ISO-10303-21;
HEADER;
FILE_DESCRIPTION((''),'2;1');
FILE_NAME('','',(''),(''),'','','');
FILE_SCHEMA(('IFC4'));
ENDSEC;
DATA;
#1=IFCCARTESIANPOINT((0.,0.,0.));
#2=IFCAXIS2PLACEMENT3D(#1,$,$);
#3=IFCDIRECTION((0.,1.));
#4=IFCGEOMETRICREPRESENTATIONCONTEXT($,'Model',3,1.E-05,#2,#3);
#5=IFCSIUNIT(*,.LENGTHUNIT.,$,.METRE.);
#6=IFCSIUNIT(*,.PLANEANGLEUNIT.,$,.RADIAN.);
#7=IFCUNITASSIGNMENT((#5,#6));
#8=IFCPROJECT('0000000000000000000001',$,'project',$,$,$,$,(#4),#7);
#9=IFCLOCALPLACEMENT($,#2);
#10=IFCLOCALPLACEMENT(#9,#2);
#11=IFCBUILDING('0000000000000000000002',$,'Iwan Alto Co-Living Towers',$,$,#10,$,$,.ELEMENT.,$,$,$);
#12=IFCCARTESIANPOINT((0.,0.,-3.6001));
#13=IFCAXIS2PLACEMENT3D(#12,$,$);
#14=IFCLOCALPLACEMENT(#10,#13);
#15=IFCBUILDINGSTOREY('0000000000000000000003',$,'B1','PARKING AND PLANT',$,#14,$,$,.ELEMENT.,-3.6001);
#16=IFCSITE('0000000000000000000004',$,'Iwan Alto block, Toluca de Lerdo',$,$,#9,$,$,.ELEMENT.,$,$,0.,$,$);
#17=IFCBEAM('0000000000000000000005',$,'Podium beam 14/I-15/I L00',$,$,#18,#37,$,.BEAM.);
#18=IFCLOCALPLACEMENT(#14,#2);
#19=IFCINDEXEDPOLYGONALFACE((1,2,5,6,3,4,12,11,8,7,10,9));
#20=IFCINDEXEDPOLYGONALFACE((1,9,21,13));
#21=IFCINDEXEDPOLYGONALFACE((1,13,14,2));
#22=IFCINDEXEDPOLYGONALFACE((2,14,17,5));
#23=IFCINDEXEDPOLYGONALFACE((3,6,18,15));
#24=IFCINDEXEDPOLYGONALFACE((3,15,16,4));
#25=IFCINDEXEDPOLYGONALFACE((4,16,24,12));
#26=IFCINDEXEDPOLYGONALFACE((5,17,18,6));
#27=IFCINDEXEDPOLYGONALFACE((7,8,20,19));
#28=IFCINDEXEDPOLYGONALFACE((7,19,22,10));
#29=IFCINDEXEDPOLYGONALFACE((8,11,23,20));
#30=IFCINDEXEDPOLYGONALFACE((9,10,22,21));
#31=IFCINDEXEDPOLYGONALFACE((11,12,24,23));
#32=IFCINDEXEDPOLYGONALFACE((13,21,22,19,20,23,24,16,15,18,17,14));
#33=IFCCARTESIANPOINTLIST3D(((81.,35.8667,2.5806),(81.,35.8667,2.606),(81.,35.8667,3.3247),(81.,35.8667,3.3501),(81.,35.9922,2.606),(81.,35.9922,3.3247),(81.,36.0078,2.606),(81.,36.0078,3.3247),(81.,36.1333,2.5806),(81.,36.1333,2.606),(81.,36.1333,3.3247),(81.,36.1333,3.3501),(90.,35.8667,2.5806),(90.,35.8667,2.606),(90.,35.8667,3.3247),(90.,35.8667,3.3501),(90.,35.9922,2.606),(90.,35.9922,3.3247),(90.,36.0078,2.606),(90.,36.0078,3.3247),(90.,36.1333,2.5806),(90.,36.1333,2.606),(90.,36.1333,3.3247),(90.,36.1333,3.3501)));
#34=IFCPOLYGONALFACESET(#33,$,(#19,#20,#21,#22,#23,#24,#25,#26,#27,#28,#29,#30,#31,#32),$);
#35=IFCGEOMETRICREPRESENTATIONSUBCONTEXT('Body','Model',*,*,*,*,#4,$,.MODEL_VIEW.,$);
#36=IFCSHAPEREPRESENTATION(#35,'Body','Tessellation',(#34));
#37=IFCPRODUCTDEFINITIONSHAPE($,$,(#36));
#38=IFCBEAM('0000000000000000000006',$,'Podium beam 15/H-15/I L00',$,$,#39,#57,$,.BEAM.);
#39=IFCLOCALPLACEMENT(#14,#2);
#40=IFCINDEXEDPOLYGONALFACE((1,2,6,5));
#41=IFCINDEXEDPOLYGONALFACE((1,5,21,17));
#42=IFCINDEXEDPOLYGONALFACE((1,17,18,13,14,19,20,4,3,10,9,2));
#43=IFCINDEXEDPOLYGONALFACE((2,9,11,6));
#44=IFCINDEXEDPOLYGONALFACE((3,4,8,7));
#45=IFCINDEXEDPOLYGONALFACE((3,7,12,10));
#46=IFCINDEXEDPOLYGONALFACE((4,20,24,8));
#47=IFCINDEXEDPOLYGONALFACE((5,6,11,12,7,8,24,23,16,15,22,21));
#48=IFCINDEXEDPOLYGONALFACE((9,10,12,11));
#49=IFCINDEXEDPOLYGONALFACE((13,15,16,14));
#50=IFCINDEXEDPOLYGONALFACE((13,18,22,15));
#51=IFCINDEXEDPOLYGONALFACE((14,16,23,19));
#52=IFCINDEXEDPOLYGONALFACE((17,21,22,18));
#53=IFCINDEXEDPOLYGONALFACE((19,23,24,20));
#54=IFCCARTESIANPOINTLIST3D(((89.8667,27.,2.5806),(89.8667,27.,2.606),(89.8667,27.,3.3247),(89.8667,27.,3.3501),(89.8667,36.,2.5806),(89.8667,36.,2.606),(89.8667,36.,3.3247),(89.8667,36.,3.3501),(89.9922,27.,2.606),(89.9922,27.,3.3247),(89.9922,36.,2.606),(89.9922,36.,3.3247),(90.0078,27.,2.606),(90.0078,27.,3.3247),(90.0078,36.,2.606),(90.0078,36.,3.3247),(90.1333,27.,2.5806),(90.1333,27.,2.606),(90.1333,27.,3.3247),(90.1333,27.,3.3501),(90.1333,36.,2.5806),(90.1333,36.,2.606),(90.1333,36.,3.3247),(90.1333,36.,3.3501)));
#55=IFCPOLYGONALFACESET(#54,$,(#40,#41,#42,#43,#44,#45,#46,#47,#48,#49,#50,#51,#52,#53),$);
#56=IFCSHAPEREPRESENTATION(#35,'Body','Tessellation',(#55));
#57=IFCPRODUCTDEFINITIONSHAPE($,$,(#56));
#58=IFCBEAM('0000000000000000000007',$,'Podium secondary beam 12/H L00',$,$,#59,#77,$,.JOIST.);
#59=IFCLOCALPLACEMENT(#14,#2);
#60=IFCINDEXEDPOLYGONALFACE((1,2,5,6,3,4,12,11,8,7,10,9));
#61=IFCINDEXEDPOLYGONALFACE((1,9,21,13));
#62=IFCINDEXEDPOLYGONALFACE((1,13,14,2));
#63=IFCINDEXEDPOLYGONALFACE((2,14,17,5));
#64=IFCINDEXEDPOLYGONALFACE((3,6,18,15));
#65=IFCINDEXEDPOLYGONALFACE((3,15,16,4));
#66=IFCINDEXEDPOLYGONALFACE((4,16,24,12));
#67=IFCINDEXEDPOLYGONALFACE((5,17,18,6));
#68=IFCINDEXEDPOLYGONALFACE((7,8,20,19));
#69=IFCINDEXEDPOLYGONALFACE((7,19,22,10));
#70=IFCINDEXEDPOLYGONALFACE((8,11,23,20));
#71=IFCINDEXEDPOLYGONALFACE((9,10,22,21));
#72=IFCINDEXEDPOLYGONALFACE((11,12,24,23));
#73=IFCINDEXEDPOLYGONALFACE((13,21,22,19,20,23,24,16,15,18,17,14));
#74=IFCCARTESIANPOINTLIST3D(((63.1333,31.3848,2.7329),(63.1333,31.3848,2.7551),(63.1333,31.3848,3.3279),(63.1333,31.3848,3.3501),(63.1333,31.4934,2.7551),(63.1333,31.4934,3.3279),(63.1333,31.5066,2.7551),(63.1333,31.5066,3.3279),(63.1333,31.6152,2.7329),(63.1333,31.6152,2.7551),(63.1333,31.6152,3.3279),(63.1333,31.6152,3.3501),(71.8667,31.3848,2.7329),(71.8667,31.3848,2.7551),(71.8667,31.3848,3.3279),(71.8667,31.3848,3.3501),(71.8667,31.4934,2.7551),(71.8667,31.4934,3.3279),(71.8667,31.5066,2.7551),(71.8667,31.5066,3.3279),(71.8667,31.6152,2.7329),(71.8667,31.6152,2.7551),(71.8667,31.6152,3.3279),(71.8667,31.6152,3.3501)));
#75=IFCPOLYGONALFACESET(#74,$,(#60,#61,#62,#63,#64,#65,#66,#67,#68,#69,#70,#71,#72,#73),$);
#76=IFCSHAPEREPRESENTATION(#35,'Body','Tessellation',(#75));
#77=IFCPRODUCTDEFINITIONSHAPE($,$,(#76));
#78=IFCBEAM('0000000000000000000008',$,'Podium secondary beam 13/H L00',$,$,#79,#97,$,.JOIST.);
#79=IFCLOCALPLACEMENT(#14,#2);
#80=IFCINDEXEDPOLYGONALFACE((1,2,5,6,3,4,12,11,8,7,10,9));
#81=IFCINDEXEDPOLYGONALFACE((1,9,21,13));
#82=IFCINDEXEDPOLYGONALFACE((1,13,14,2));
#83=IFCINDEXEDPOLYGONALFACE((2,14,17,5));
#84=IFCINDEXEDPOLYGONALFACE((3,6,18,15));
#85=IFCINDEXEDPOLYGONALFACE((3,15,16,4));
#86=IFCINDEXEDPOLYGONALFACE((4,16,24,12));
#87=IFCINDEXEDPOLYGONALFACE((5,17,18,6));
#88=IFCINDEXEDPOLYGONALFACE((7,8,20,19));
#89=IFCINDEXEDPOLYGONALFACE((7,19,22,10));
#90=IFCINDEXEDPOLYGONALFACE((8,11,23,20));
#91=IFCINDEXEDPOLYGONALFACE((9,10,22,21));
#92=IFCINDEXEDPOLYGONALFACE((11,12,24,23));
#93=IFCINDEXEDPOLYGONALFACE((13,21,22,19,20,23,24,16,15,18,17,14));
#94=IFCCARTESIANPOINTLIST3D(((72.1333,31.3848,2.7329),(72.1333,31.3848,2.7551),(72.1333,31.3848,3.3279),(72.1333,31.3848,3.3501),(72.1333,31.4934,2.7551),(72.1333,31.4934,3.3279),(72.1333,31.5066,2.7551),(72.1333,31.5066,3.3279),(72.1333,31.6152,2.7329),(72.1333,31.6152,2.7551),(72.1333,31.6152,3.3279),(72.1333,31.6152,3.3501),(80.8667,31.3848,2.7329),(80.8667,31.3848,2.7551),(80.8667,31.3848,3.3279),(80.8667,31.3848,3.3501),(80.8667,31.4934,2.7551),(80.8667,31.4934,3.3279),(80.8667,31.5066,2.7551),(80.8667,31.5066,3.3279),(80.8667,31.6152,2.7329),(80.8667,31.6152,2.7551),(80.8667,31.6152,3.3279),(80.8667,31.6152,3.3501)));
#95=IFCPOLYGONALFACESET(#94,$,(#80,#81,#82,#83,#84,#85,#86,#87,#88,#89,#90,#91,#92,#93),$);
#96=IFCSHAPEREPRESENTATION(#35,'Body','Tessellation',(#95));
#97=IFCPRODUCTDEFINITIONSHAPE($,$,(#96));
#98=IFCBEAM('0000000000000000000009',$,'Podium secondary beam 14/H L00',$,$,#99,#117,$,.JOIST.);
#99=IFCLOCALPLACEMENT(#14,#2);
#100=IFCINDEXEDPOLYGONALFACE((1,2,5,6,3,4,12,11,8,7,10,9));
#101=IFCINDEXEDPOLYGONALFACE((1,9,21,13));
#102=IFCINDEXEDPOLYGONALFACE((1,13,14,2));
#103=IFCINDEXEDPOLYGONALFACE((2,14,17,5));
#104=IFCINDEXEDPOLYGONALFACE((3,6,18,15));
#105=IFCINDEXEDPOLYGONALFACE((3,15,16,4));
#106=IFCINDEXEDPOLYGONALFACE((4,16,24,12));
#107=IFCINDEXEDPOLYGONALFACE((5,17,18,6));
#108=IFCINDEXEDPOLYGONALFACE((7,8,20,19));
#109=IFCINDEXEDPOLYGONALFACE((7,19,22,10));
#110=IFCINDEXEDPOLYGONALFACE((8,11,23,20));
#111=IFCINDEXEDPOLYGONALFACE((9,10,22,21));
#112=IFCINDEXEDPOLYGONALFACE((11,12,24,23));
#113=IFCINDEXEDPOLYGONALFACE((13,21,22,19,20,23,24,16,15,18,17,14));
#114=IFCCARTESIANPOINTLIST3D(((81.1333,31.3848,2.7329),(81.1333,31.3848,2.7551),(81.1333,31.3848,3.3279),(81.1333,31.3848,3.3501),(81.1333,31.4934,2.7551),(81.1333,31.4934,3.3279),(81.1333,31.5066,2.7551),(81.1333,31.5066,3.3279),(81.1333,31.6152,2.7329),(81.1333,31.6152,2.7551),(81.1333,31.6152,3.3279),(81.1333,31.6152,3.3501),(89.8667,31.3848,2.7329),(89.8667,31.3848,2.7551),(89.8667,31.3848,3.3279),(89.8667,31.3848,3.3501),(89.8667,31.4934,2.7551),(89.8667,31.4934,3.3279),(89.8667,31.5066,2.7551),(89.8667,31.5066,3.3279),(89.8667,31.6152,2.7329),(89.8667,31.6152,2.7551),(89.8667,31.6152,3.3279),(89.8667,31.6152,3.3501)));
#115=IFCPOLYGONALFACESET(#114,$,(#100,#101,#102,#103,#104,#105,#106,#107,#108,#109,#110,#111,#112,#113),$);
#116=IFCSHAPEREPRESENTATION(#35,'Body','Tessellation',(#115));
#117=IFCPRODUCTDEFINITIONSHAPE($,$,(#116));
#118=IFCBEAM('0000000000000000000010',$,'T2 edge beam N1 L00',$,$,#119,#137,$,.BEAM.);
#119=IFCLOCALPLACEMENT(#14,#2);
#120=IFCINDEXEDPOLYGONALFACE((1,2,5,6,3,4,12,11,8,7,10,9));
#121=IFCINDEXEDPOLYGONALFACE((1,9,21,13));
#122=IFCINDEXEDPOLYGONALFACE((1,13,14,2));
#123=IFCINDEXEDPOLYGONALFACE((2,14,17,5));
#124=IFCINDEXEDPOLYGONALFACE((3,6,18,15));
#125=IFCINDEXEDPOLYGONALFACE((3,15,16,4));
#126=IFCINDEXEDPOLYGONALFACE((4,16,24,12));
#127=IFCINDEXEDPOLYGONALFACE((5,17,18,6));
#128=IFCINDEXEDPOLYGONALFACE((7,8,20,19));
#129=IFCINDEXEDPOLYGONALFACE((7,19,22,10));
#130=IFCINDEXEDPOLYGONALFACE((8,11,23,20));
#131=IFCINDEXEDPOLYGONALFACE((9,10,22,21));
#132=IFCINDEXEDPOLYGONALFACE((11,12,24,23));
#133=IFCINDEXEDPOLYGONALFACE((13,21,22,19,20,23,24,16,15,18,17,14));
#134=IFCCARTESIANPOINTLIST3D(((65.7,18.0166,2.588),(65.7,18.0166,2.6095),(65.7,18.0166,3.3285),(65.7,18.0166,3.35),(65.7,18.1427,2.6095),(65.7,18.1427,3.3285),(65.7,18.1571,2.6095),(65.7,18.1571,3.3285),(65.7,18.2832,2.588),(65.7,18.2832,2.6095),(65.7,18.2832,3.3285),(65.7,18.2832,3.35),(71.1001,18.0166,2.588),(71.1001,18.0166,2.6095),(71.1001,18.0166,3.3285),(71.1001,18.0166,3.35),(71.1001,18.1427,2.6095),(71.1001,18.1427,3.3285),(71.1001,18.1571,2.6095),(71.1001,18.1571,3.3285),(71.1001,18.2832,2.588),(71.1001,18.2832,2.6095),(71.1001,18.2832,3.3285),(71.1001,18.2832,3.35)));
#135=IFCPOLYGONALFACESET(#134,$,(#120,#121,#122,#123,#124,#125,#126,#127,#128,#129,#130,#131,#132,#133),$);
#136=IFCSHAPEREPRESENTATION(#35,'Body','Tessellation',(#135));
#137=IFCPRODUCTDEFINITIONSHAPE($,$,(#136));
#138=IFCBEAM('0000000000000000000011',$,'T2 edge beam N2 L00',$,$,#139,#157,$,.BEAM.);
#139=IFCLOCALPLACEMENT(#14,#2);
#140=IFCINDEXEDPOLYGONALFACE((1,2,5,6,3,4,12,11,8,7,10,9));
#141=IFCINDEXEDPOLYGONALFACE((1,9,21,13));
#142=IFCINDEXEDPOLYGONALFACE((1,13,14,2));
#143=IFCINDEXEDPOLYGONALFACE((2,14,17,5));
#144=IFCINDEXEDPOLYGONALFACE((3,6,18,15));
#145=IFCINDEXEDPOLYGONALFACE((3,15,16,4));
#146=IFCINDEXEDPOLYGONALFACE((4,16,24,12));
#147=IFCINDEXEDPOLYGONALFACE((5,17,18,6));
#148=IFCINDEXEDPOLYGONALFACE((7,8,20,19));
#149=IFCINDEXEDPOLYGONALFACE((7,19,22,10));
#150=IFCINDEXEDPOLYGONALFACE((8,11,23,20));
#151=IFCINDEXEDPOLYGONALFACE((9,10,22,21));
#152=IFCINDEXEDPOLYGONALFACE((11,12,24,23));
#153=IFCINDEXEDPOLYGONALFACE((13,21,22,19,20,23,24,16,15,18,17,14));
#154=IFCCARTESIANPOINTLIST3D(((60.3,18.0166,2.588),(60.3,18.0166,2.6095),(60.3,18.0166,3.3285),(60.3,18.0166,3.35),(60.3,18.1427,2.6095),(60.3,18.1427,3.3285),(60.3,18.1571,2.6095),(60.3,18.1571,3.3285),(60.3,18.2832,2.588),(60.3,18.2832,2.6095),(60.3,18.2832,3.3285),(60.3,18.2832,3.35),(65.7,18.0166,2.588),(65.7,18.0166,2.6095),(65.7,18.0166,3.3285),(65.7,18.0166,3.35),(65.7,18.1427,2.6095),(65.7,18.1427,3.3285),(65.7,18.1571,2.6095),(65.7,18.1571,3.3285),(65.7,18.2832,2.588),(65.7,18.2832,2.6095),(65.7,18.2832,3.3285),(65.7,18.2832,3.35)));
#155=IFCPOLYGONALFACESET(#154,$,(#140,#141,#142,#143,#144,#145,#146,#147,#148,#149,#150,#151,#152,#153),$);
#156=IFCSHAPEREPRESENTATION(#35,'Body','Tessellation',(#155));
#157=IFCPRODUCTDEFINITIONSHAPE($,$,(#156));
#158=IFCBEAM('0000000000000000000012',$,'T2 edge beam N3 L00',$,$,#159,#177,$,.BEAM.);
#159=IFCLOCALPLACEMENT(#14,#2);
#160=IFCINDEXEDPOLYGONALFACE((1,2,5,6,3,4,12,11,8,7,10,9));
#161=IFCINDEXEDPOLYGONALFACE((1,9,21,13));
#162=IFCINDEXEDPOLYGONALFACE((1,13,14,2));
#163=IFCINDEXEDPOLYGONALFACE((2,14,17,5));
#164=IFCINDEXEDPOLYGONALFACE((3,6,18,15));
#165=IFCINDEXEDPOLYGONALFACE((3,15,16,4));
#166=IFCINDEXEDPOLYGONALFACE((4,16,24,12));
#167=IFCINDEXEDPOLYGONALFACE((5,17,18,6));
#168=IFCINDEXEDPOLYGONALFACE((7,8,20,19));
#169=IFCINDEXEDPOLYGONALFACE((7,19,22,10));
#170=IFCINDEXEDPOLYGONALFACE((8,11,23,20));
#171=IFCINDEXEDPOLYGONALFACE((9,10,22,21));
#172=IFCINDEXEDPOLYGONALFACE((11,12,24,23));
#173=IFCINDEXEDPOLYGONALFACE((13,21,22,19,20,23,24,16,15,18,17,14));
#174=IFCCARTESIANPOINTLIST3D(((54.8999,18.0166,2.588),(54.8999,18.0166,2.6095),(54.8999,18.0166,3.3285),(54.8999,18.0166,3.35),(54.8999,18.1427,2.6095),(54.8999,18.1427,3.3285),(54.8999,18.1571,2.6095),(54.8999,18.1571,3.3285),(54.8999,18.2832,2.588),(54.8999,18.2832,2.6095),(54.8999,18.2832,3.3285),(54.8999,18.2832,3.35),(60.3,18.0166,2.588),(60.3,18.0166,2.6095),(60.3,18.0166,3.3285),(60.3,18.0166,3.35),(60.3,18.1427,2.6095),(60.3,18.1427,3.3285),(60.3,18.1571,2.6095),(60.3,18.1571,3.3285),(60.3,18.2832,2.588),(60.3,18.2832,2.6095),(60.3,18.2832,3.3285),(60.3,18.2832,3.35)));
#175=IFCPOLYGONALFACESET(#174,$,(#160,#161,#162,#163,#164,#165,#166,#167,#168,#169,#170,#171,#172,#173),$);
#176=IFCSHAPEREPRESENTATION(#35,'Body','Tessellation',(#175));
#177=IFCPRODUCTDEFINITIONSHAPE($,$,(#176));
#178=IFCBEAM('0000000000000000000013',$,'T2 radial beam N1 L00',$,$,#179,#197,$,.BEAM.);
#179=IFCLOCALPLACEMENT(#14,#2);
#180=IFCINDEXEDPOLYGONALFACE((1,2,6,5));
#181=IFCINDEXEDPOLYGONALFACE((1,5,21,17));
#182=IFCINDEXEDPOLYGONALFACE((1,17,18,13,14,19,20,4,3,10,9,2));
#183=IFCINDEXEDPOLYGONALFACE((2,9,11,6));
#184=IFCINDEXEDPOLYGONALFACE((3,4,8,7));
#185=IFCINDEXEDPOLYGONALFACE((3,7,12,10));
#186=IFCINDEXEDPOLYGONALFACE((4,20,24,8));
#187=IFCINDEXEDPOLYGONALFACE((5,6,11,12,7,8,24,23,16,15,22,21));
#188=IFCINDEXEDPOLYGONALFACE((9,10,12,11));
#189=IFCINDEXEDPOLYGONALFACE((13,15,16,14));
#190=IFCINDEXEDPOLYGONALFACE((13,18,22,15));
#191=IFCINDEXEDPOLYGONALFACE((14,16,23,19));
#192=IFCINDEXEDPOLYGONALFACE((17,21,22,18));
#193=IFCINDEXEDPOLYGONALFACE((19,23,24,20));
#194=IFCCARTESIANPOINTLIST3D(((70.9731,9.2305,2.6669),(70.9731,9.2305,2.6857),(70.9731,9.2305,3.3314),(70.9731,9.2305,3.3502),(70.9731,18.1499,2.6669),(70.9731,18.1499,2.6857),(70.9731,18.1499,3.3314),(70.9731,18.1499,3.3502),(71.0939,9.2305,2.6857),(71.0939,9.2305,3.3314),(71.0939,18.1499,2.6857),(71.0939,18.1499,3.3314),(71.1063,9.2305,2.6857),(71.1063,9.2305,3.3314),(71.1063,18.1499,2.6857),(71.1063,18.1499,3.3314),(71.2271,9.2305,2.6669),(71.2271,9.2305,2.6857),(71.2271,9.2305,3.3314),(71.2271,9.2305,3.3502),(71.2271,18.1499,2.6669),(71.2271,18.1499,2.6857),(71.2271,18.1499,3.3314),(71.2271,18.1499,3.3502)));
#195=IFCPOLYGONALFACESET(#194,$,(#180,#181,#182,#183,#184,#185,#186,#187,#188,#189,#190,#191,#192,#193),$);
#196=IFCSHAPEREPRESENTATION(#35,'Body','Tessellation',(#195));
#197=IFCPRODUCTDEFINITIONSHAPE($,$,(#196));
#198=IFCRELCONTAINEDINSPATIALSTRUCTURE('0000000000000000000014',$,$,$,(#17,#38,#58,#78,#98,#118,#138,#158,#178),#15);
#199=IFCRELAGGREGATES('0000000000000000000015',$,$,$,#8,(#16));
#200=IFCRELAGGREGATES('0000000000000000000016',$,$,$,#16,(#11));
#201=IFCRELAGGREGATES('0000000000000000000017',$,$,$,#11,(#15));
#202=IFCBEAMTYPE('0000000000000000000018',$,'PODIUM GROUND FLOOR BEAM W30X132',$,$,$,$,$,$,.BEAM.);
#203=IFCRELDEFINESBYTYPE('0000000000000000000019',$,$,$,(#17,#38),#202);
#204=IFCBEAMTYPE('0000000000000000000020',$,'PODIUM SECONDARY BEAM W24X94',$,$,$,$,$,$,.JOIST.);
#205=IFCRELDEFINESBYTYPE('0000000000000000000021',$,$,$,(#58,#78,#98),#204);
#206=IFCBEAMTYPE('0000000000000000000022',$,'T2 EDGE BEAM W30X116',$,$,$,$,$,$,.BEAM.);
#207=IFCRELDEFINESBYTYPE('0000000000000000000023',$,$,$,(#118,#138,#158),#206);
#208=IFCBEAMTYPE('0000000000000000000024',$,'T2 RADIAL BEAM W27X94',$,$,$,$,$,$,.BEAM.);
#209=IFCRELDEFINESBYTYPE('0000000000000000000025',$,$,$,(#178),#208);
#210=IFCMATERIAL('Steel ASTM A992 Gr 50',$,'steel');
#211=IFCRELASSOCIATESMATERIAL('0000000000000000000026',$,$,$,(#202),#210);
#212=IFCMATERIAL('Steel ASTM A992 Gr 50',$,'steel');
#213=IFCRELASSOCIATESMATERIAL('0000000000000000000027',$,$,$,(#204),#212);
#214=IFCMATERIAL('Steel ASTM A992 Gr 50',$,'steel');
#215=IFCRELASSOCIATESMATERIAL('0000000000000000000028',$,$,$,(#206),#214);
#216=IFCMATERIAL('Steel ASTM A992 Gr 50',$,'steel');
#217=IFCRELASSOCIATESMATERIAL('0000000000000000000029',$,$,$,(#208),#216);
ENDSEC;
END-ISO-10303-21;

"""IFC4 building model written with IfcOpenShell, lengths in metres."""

from ifc_helpers import new_model, si_unit, direction, frame, origin, origin_2d, place, context, subcontext, project, spatial, i_section, extrude, material, material_profile, profile_set, type_object, element, save


model = new_model("IFC4")

# Units and contexts
model_context = context("Model", 3, precision=1e-05, world=origin(), true_north=direction((0.0, 1.0)))
body_context = subcontext(model_context, "Body", "Model", "MODEL_VIEW")
ifc_project = project(units=[si_unit("LENGTHUNIT", "METRE"), si_unit("PLANEANGLEUNIT", "RADIAN")], contexts=[model_context])

# Site, building, storey
site_placement = place(None, origin())
site = spatial("IfcSite", under=ifc_project, at=site_placement, Name="Iwan Alto block, Toluca de Lerdo", CompositionType="ELEMENT", RefElevation=0.0)
building_placement = place(site_placement, origin())
building = spatial("IfcBuilding", under=site, at=building_placement, Name="Iwan Alto Co-Living Towers", CompositionType="ELEMENT")
storey_placement = place(building_placement, frame((0.0, 0.0, -3.6001)))
storey = spatial("IfcBuildingStorey", under=building, at=storey_placement, Name="B1", Description="PARKING AND PLANT", CompositionType="ELEMENT", Elevation=-3.6001)

# Beams
ifc_material_1 = material(Name="Steel ASTM A992 Gr 50", Category="steel")
ifc_material_profile_1 = material_profile(ifc_material_1, i_section(OverallWidth=0.2666, OverallDepth=0.7695, WebThickness=0.0156, FlangeThickness=0.0254, at=origin_2d()), Name="W30X132")
ifc_profile_set_1 = profile_set([ifc_material_profile_1], Name="Steel ASTM A992 Gr 50")
beam_type_1 = type_object("IfcBeamType", Name="PODIUM GROUND FLOOR BEAM W30X132", PredefinedType="BEAM", material=ifc_profile_set_1)
for number, where, z_axis, x_axis, name in (
    (1, (81.0, 36.0, 2.9653), (1.0, 0.0, 0.0), (0.0, 1.0, 0.0), "Podium beam 14/I-15/I L00"),
    (2, (90.0, 27.0, 2.9653), (0.0, 1.0, 0.0), (-1.0, 0.0, 0.0), "Podium beam 15/H-15/I L00"),
):
    element("IfcBeam", number, at=place(storey_placement, frame(where, z_axis=z_axis, x_axis=x_axis)), inside=storey, type_object=beam_type_1, Name=name, PredefinedType="BEAM", context=body_context, shape_type="SweptSolid", body=[
        extrude(i_section(OverallWidth=0.2666, OverallDepth=0.7695, WebThickness=0.0156, FlangeThickness=0.0254, at=origin_2d()), origin(), (0.0, 0.0, 1.0), 9.0),
    ])
ifc_material_2 = material(Name="Steel ASTM A992 Gr 50", Category="steel")
ifc_material_profile_2 = material_profile(ifc_material_2, i_section(OverallWidth=0.2305, OverallDepth=0.6172, WebThickness=0.0132, FlangeThickness=0.0222, at=origin_2d()), Name="W24X94")
ifc_profile_set_2 = profile_set([ifc_material_profile_2], Name="Steel ASTM A992 Gr 50")
beam_type_2 = type_object("IfcBeamType", Name="PODIUM SECONDARY BEAM W24X94", PredefinedType="JOIST", material=ifc_profile_set_2)
for number, where, z_axis, x_axis, name in (
    (3, (63.1333, 31.5, 3.0415), (1.0, 0.0, 0.0), (0.0, 1.0, 0.0), "Podium secondary beam 12/H L00"),
    (4, (72.1333, 31.5, 3.0415), (1.0, 0.0, 0.0), (0.0, 1.0, 0.0), "Podium secondary beam 13/H L00"),
    (5, (81.1333, 31.5, 3.0415), (1.0, 0.0, 0.0), (0.0, 1.0, 0.0), "Podium secondary beam 14/H L00"),
):
    element("IfcBeam", number, at=place(storey_placement, frame(where, z_axis=z_axis, x_axis=x_axis)), inside=storey, type_object=beam_type_2, Name=name, PredefinedType="JOIST", context=body_context, shape_type="SweptSolid", body=[
        extrude(i_section(OverallWidth=0.2305, OverallDepth=0.6172, WebThickness=0.0132, FlangeThickness=0.0222, at=origin_2d()), origin(), (0.0, 0.0, 1.0), 8.7334),
    ])
ifc_material_3 = material(Name="Steel ASTM A992 Gr 50", Category="steel")
ifc_material_profile_3 = material_profile(ifc_material_3, i_section(OverallWidth=0.2666, OverallDepth=0.762, WebThickness=0.0144, FlangeThickness=0.0215, at=origin_2d()), Name="W30X116")
ifc_profile_set_3 = profile_set([ifc_material_profile_3], Name="Steel ASTM A992 Gr 50")
beam_type_3 = type_object("IfcBeamType", Name="T2 EDGE BEAM W30X116", PredefinedType="BEAM", material=ifc_profile_set_3)
beam_1_placement = place(storey_placement, frame((71.1001, 18.1499, 2.969), z_axis=(-1.0, 0.0, 0.0), x_axis=(0.0, -1.0, 0.0)))
element("IfcBeam", 6, at=beam_1_placement, inside=storey, type_object=beam_type_3, Name="T2 edge beam N1 L00", PredefinedType="BEAM", context=body_context, shape_type="SweptSolid", body=[
    extrude(i_section(OverallWidth=0.2666, OverallDepth=0.762, WebThickness=0.0144, FlangeThickness=0.0215, at=origin_2d()), origin(), (0.0, 0.0, 1.0), 5.4001),
])
beam_2_placement = place(storey_placement, frame((65.7, 18.1499, 2.969), z_axis=(-1.0, 0.0, 0.0), x_axis=(0.0, -1.0, 0.0)))
element("IfcBeam", 7, at=beam_2_placement, inside=storey, type_object=beam_type_3, Name="T2 edge beam N2 L00", PredefinedType="BEAM", context=body_context, shape_type="SweptSolid", body=[
    extrude(i_section(OverallWidth=0.2666, OverallDepth=0.762, WebThickness=0.0144, FlangeThickness=0.0215, at=origin_2d()), origin(), (0.0, 0.0, 1.0), 5.3999),
])
beam_3_placement = place(storey_placement, frame((60.3, 18.1499, 2.969), z_axis=(-1.0, 0.0, 0.0), x_axis=(0.0, -1.0, 0.0)))
element("IfcBeam", 8, at=beam_3_placement, inside=storey, type_object=beam_type_3, Name="T2 edge beam N3 L00", PredefinedType="BEAM", context=body_context, shape_type="SweptSolid", body=[
    extrude(i_section(OverallWidth=0.2666, OverallDepth=0.762, WebThickness=0.0144, FlangeThickness=0.0215, at=origin_2d()), origin(), (0.0, 0.0, 1.0), 5.4001),
])
ifc_material_4 = material(Name="Steel ASTM A992 Gr 50", Category="steel")
ifc_material_profile_4 = material_profile(ifc_material_4, i_section(OverallWidth=0.2539, OverallDepth=0.6833, WebThickness=0.0125, FlangeThickness=0.0188, at=origin_2d()), Name="W27X94")
ifc_profile_set_4 = profile_set([ifc_material_profile_4], Name="Steel ASTM A992 Gr 50")
beam_type_4 = type_object("IfcBeamType", Name="T2 RADIAL BEAM W27X94", PredefinedType="BEAM", material=ifc_profile_set_4)
beam_4_placement = place(storey_placement, frame((71.1001, 18.1499, 3.0085), z_axis=(0.0, -1.0, 0.0), x_axis=(1.0, 0.0, 0.0)))
element("IfcBeam", 9, at=beam_4_placement, inside=storey, type_object=beam_type_4, Name="T2 radial beam N1 L00", PredefinedType="BEAM", context=body_context, shape_type="SweptSolid", body=[
    extrude(i_section(OverallWidth=0.2539, OverallDepth=0.6833, WebThickness=0.0125, FlangeThickness=0.0188, at=origin_2d()), origin(), (0.0, 0.0, 1.0), 8.9194),
])

save(model, "model.ifc")
